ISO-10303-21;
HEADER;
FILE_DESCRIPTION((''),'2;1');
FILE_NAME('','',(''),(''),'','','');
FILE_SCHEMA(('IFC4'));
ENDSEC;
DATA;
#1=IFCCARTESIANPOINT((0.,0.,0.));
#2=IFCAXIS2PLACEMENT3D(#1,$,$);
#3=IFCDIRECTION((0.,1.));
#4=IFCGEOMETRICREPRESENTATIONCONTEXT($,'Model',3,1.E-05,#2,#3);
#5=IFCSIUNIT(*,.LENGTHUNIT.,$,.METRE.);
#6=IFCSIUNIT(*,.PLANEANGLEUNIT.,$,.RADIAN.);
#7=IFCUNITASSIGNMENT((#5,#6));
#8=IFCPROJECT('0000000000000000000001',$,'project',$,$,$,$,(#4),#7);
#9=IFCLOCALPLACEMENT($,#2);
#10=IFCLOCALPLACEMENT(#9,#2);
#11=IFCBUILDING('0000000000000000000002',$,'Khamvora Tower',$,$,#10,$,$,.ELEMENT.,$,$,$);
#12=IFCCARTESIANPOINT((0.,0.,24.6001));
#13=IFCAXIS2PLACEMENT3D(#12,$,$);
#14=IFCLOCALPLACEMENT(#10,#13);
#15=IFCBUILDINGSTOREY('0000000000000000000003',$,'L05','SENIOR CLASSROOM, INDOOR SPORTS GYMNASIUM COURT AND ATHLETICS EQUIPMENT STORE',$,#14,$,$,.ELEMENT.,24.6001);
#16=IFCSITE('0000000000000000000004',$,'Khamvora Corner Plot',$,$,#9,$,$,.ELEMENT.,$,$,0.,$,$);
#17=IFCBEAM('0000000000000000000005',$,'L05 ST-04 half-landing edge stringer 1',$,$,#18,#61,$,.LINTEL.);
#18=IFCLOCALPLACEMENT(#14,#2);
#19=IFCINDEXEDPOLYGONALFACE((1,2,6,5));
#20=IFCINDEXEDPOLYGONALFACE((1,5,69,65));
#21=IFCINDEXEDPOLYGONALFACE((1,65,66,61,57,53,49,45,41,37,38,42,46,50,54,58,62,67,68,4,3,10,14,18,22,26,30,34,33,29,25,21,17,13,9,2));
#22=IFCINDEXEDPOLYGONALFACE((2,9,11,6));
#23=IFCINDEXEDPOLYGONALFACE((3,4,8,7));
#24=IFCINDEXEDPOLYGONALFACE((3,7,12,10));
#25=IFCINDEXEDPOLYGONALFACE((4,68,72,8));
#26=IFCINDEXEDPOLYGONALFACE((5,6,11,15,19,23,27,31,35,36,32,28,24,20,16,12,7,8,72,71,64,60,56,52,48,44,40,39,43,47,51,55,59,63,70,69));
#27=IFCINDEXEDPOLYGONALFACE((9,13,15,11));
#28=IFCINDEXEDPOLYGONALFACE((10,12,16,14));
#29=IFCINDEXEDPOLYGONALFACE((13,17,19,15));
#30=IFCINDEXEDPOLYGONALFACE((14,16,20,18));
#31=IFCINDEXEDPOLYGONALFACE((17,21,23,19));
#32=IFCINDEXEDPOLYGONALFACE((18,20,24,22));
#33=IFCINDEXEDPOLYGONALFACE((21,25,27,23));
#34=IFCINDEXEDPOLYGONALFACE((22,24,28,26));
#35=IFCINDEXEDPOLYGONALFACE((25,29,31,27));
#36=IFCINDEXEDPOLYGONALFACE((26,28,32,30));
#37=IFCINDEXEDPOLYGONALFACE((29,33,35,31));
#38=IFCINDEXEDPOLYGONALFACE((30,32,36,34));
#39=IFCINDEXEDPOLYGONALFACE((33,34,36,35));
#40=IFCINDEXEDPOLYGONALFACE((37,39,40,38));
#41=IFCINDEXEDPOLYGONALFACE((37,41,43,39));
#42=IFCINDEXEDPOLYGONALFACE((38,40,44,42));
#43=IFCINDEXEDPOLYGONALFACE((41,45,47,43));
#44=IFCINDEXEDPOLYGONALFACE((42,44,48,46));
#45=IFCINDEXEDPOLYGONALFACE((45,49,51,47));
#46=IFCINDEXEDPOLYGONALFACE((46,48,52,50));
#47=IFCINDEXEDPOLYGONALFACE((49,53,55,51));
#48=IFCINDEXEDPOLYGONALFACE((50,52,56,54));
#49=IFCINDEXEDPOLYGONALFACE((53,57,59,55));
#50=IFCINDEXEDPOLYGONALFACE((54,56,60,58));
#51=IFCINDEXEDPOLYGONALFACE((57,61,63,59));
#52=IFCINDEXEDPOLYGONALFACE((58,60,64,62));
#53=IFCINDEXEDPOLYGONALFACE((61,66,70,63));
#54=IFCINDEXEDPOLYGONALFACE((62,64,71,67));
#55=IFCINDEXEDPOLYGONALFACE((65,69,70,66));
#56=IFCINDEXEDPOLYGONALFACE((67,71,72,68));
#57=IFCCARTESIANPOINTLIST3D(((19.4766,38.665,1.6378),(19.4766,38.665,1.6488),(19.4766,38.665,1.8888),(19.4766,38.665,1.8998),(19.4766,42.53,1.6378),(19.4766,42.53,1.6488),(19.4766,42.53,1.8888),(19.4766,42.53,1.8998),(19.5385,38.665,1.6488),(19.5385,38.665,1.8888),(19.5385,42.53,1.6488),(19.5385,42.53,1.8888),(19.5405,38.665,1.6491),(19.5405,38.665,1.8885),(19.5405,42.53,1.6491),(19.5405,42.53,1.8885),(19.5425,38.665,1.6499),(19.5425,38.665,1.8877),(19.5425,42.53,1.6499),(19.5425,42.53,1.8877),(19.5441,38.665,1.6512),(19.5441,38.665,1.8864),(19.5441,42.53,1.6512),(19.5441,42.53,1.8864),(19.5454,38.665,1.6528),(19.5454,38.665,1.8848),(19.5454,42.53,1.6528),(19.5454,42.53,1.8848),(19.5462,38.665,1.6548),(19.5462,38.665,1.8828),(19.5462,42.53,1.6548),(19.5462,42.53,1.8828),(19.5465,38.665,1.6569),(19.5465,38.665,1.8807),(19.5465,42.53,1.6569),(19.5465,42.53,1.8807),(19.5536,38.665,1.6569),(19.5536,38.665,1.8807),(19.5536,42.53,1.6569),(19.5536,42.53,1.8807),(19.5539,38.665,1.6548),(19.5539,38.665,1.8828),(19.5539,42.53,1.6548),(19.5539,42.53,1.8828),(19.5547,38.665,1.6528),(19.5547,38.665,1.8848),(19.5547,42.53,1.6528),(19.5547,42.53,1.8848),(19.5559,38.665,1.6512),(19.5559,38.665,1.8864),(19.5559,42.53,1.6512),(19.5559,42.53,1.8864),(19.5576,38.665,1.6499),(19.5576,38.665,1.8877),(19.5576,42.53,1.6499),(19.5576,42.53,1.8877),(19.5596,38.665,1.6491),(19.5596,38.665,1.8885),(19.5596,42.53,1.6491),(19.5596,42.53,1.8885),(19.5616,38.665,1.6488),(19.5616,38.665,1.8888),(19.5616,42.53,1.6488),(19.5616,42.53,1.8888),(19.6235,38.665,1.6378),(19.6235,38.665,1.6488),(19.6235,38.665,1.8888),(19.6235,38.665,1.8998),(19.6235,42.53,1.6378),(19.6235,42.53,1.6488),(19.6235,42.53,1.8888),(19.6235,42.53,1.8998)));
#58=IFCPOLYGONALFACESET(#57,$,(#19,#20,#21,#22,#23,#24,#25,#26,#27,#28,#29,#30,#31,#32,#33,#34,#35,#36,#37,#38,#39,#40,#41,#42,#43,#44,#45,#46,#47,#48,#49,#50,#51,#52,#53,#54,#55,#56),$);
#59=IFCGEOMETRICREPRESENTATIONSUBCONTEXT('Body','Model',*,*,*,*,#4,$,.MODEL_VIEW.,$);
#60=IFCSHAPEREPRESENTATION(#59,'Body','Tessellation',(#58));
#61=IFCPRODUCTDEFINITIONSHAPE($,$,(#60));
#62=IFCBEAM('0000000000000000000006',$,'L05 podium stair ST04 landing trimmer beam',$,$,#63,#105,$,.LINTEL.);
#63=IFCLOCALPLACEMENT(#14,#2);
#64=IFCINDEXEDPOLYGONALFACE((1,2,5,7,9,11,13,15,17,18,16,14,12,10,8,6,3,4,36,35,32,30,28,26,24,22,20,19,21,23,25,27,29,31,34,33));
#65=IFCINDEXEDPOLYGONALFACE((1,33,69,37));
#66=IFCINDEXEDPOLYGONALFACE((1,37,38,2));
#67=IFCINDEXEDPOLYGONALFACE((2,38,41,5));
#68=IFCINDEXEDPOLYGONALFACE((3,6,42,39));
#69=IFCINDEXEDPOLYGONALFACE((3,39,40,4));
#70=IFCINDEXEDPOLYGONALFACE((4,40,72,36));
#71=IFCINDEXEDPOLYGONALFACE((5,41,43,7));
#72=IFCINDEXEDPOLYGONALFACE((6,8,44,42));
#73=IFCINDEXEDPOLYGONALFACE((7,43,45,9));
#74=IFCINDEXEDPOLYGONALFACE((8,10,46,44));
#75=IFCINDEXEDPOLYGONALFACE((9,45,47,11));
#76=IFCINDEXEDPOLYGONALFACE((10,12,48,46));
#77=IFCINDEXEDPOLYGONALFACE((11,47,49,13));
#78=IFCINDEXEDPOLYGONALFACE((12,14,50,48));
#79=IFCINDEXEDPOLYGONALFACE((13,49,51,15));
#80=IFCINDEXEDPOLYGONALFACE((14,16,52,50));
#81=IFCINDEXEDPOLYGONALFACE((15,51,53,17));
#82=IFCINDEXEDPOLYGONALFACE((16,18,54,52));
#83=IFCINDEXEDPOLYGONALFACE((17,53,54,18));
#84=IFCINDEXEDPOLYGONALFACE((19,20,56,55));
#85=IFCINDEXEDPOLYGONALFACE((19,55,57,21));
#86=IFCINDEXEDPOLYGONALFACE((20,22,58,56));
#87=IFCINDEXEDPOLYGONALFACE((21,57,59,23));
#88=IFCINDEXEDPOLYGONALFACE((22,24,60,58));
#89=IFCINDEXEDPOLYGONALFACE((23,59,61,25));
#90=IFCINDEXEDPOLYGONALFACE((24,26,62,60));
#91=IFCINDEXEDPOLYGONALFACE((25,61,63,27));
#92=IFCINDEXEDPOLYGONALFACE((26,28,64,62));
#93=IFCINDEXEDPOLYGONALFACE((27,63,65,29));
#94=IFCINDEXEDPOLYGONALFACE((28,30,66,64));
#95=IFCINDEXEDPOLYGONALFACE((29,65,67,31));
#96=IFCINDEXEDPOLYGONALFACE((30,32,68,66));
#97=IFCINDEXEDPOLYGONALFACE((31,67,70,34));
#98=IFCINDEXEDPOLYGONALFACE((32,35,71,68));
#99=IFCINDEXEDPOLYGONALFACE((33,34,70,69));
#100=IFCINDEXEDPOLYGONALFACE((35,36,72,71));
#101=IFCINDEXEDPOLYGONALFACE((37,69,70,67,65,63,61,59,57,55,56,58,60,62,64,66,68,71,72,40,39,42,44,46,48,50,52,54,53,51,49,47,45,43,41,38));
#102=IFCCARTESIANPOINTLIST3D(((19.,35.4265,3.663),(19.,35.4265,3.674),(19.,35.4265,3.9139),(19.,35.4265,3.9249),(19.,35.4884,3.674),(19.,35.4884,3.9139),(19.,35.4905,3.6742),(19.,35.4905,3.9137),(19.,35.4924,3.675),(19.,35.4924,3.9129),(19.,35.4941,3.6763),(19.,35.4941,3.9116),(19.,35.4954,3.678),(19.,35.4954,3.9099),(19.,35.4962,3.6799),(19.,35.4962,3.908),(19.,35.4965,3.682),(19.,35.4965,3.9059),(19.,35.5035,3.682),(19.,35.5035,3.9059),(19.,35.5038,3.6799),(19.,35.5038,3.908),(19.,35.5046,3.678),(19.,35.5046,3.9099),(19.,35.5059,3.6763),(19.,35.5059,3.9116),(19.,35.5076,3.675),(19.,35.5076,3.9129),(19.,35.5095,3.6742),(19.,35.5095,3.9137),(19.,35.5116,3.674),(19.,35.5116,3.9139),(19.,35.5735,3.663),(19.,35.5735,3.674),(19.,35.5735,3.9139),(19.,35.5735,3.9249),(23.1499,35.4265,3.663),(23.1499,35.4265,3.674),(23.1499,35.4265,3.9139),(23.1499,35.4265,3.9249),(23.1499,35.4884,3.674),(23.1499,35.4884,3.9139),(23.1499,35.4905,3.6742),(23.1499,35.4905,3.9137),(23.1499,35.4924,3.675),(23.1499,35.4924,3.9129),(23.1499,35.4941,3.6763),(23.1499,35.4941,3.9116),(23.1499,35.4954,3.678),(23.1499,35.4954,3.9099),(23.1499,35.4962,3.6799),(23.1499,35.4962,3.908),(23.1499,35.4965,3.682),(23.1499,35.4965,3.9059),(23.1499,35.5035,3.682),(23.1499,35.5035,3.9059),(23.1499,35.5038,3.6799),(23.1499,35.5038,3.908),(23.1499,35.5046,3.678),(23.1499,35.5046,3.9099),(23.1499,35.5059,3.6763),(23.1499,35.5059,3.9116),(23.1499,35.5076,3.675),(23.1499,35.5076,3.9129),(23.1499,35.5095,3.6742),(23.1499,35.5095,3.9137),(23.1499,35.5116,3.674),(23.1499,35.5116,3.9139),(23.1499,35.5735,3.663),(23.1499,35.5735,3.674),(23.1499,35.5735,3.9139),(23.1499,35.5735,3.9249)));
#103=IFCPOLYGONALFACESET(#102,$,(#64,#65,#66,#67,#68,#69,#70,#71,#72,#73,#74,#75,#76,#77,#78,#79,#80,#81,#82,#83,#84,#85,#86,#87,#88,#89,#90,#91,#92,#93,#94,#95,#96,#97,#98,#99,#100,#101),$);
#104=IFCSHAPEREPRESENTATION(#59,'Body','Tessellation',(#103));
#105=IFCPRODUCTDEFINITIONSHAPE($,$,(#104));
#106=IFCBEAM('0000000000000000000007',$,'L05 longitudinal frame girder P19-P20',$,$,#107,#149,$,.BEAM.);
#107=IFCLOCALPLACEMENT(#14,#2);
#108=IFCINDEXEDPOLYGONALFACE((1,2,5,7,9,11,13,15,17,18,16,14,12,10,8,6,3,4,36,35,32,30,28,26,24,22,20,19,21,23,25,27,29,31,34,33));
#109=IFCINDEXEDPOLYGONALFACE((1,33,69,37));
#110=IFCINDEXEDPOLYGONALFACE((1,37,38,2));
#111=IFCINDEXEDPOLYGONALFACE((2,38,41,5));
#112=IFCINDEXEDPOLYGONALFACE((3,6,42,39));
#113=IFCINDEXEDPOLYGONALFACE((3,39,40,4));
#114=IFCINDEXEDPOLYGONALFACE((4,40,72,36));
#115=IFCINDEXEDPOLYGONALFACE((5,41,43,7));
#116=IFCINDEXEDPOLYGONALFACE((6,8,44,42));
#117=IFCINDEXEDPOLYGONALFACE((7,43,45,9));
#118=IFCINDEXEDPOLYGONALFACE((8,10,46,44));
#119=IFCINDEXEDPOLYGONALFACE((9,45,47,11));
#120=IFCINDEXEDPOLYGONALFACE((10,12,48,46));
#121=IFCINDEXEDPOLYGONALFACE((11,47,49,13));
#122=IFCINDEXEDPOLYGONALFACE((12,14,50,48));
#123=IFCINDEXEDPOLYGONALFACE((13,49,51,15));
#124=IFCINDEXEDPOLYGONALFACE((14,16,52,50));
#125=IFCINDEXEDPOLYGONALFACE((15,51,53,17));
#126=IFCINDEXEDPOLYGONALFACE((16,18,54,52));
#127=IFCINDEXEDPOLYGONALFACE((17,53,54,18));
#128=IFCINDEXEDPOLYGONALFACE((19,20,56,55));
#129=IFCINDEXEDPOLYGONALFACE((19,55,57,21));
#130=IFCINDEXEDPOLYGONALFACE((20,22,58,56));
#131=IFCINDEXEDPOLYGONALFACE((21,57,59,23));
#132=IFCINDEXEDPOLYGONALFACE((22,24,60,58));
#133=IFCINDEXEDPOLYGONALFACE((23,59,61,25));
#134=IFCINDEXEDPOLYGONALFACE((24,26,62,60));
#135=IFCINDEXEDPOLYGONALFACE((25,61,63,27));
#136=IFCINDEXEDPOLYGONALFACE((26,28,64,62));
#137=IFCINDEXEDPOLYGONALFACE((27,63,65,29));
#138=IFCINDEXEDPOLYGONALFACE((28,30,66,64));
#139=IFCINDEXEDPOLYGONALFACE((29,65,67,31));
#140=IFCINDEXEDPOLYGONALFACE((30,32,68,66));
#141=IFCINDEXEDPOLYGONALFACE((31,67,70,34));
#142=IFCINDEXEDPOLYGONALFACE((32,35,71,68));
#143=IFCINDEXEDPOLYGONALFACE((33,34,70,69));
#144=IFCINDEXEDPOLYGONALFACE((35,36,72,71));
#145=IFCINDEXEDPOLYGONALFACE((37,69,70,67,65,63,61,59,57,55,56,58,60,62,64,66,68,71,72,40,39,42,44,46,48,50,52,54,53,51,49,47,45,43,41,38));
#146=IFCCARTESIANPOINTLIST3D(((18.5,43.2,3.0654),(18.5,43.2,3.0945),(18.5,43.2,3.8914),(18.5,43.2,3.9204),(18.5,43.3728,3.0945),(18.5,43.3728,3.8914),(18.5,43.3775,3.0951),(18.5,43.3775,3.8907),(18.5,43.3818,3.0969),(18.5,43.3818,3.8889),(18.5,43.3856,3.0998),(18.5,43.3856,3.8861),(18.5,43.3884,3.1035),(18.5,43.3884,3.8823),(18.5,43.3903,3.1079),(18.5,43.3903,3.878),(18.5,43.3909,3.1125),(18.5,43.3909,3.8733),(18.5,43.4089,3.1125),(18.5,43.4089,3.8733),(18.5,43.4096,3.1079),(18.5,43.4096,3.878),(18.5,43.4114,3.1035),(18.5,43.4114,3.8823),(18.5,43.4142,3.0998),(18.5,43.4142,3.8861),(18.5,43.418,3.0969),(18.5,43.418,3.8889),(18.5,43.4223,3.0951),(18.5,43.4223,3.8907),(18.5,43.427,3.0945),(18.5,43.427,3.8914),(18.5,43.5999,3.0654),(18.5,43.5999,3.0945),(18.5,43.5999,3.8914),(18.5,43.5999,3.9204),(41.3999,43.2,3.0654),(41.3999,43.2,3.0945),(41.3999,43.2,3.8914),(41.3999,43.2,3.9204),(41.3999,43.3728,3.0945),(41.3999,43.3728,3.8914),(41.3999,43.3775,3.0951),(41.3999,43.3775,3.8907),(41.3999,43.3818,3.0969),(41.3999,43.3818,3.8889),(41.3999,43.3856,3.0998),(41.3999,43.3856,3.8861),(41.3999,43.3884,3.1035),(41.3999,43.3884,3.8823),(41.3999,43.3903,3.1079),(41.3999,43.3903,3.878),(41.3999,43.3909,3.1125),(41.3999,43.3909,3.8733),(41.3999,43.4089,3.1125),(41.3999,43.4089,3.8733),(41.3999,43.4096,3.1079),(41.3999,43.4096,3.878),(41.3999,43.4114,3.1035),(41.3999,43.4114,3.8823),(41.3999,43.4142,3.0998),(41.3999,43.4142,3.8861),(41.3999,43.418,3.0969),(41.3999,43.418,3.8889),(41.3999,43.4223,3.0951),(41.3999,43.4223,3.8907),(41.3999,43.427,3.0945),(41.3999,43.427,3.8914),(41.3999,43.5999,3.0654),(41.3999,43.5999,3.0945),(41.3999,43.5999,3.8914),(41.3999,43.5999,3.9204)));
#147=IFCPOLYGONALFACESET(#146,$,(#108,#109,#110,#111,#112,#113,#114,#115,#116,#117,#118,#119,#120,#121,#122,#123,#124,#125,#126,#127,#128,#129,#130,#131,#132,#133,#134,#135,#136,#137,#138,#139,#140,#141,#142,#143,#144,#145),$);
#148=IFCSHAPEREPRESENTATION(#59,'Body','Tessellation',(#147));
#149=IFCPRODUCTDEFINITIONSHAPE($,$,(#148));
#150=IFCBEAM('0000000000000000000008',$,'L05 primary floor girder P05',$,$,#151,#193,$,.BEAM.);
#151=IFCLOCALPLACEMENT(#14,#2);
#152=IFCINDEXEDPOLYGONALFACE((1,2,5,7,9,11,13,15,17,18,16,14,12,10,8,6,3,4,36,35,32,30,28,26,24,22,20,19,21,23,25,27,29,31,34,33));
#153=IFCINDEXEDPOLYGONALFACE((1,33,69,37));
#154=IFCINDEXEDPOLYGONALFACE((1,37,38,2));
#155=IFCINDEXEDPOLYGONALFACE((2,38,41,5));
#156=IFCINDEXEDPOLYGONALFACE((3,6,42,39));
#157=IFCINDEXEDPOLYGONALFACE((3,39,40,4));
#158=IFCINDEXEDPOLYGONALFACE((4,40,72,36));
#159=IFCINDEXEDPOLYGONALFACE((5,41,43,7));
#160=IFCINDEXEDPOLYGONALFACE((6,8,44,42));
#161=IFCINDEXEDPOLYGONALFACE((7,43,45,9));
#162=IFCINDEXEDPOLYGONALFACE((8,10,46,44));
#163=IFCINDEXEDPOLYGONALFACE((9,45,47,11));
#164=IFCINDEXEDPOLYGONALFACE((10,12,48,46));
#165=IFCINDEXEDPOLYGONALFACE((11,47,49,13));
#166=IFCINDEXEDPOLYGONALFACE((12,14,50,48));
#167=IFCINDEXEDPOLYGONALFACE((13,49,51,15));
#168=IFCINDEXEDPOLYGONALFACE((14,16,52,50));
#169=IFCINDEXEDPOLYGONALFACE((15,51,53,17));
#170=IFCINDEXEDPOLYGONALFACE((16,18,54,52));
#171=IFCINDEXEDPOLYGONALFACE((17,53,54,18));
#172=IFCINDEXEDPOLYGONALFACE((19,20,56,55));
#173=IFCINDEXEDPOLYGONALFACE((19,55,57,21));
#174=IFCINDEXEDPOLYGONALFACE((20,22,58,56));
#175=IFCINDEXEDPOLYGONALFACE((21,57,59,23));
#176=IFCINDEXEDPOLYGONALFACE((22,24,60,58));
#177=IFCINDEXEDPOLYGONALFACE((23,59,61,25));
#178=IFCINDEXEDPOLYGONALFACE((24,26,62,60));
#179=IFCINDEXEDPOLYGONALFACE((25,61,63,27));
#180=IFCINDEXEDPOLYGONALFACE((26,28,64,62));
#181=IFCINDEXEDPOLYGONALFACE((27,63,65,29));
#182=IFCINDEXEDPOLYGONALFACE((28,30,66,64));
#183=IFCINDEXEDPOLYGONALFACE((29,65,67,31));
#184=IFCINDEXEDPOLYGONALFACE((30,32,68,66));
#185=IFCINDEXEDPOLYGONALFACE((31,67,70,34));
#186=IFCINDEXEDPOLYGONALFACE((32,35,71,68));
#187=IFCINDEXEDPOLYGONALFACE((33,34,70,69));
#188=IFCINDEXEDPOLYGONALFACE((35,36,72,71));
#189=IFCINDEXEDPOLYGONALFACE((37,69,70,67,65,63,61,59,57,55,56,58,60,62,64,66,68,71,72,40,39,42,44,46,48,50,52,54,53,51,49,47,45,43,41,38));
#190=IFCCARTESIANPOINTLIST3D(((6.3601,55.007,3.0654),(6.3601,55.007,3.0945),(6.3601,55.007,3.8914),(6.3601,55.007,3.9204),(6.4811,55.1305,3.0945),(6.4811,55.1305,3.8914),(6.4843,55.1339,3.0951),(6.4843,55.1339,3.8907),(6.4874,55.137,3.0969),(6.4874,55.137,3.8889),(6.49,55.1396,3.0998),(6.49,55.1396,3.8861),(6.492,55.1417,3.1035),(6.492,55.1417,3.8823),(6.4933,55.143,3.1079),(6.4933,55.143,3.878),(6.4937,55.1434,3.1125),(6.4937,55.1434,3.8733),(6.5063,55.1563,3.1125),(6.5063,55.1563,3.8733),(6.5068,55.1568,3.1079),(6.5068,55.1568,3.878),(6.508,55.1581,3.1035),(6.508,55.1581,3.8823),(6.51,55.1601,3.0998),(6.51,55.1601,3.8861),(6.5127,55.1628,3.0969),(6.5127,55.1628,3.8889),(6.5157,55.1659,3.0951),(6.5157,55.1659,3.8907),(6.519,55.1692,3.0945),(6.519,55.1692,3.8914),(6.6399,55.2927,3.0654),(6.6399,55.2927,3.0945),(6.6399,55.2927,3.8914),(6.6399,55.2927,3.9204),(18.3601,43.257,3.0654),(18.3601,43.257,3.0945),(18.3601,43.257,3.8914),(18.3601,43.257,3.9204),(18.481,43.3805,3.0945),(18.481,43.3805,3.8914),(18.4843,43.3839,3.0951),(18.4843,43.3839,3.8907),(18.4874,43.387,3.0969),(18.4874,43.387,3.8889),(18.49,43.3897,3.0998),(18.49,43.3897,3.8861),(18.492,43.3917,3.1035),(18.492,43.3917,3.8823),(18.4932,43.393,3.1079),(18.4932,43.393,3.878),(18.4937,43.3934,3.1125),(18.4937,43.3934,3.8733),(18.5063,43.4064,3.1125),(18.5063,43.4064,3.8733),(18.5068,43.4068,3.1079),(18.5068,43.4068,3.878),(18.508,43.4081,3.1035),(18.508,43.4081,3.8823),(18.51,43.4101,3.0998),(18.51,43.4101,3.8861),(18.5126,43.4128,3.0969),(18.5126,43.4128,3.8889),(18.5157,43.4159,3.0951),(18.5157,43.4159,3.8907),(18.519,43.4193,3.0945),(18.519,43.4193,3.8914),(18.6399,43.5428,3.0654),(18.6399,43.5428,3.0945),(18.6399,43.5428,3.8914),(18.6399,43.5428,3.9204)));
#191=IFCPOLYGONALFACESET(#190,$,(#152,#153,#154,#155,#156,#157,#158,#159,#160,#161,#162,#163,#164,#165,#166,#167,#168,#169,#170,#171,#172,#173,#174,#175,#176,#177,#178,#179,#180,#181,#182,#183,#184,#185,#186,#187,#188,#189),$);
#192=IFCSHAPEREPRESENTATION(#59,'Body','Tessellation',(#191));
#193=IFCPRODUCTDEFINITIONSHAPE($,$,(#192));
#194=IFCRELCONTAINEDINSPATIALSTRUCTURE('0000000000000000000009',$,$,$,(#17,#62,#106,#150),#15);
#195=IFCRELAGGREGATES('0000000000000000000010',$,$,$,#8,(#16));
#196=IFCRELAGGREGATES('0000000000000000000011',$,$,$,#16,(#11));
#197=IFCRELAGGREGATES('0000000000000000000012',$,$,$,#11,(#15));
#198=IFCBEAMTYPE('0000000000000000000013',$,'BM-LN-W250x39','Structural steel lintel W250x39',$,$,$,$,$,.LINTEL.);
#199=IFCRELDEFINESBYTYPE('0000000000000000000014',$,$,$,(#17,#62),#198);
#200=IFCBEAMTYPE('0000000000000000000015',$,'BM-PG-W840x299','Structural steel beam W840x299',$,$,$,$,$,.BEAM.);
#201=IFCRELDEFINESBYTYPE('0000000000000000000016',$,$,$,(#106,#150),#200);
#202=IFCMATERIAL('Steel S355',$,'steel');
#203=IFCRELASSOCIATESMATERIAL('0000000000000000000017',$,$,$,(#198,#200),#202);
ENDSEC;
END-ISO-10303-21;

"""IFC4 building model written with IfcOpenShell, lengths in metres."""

from ifc_helpers import new_model, si_unit, direction, frame, origin, origin_2d, place, context, subcontext, project, spatial, i_section, extrude, material, material_profile, profile_set, type_object, element, save


model = new_model("IFC4")

# Units and contexts
model_context = context("Model", 3, precision=1e-05, world=origin(), true_north=direction((0.0, 1.0)))
body_context = subcontext(model_context, "Body", "Model", "MODEL_VIEW")
ifc_project = project(units=[si_unit("LENGTHUNIT", "METRE"), si_unit("PLANEANGLEUNIT", "RADIAN")], contexts=[model_context])

# Site, building, storey
site_placement = place(None, origin())
site = spatial("IfcSite", under=ifc_project, at=site_placement, Name="Khamvora Corner Plot", CompositionType="ELEMENT", RefElevation=0.0)
building_placement = place(site_placement, origin())
building = spatial("IfcBuilding", under=site, at=building_placement, Name="Khamvora Tower", CompositionType="ELEMENT")
storey_placement = place(building_placement, frame((0.0, 0.0, 24.6001)))
storey = spatial("IfcBuildingStorey", under=building, at=storey_placement, Name="L05", Description="SENIOR CLASSROOM, INDOOR SPORTS GYMNASIUM COURT AND ATHLETICS EQUIPMENT STORE", CompositionType="ELEMENT", Elevation=24.6001)

# Beams
ifc_material_1 = material(Name="Steel S355", Category="steel")
ifc_material_profile_1 = material_profile(ifc_material_1, i_section(OverallWidth=0.147, OverallDepth=0.262, WebThickness=0.0071, FlangeThickness=0.011, FilletRadius=0.0081, at=origin_2d()), Name="W250x39")
ifc_profile_set_1 = profile_set([ifc_material_profile_1], Name="Steel S355")
beam_type_1 = type_object("IfcBeamType", Name="BM-LN-W250x39", Description="Structural steel lintel W250x39", PredefinedType="LINTEL", material=ifc_profile_set_1)
beam_1_placement = place(storey_placement, frame((19.55, 38.665, 1.7688), z_axis=(0.0, 1.0, 0.0), x_axis=(-1.0, 0.0, 0.0)))
element("IfcBeam", 1, at=beam_1_placement, inside=storey, type_object=beam_type_1, Name="L05 ST-04 half-landing edge stringer 1", PredefinedType="LINTEL", context=body_context, shape_type="SweptSolid", body=[
    extrude(i_section(OverallWidth=0.147, OverallDepth=0.262, WebThickness=0.0071, FlangeThickness=0.011, FilletRadius=0.0081, at=origin_2d()), origin(), (0.0, 0.0, 1.0), 3.865),
])
beam_2_placement = place(storey_placement, frame((19.0, 35.5, 3.7939), z_axis=(1.0, 0.0, 0.0), x_axis=(0.0, 1.0, 0.0)))
element("IfcBeam", 2, at=beam_2_placement, inside=storey, type_object=beam_type_1, Name="L05 podium stair ST04 landing trimmer beam", PredefinedType="LINTEL", context=body_context, shape_type="SweptSolid", body=[
    extrude(i_section(OverallWidth=0.147, OverallDepth=0.262, WebThickness=0.0071, FlangeThickness=0.011, FilletRadius=0.0081, at=origin_2d()), origin(), (0.0, 0.0, 1.0), 4.1499),
])
ifc_material_profile_2 = material_profile(ifc_material_1, i_section(OverallWidth=0.3999, OverallDepth=0.855, WebThickness=0.0181, FlangeThickness=0.0291, FilletRadius=0.0181, at=origin_2d()), Name="W840x299")
ifc_profile_set_2 = profile_set([ifc_material_profile_2], Name="Steel S355")
beam_type_2 = type_object("IfcBeamType", Name="BM-PG-W840x299", Description="Structural steel beam W840x299", PredefinedType="BEAM", material=ifc_profile_set_2)
beam_3_placement = place(storey_placement, frame((18.5, 43.3999, 3.4929), z_axis=(1.0, 0.0, 0.0), x_axis=(0.0, 1.0, 0.0)))
element("IfcBeam", 3, at=beam_3_placement, inside=storey, type_object=beam_type_2, Name="L05 longitudinal frame girder P19-P20", PredefinedType="BEAM", context=body_context, shape_type="SweptSolid", body=[
    extrude(i_section(OverallWidth=0.3999, OverallDepth=0.855, WebThickness=0.0181, FlangeThickness=0.0291, FilletRadius=0.0181, at=origin_2d()), origin(), (0.0, 0.0, 1.0), 22.8999),
])
beam_4_placement = place(storey_placement, frame((18.5, 43.3999, 3.4929), z_axis=(-0.71451, 0.699625, 0.0), x_axis=(-0.699625, -0.71451, 0.0)))
element("IfcBeam", 4, at=beam_4_placement, inside=storey, type_object=beam_type_2, Name="L05 primary floor girder P05", PredefinedType="BEAM", context=body_context, shape_type="SweptSolid", body=[
    extrude(i_section(OverallWidth=0.3999, OverallDepth=0.855, WebThickness=0.0181, FlangeThickness=0.0291, FilletRadius=0.0181, at=origin_2d()), origin(), (0.0, 0.0, 1.0), 16.7947),
])

save(model, "model.ifc")
